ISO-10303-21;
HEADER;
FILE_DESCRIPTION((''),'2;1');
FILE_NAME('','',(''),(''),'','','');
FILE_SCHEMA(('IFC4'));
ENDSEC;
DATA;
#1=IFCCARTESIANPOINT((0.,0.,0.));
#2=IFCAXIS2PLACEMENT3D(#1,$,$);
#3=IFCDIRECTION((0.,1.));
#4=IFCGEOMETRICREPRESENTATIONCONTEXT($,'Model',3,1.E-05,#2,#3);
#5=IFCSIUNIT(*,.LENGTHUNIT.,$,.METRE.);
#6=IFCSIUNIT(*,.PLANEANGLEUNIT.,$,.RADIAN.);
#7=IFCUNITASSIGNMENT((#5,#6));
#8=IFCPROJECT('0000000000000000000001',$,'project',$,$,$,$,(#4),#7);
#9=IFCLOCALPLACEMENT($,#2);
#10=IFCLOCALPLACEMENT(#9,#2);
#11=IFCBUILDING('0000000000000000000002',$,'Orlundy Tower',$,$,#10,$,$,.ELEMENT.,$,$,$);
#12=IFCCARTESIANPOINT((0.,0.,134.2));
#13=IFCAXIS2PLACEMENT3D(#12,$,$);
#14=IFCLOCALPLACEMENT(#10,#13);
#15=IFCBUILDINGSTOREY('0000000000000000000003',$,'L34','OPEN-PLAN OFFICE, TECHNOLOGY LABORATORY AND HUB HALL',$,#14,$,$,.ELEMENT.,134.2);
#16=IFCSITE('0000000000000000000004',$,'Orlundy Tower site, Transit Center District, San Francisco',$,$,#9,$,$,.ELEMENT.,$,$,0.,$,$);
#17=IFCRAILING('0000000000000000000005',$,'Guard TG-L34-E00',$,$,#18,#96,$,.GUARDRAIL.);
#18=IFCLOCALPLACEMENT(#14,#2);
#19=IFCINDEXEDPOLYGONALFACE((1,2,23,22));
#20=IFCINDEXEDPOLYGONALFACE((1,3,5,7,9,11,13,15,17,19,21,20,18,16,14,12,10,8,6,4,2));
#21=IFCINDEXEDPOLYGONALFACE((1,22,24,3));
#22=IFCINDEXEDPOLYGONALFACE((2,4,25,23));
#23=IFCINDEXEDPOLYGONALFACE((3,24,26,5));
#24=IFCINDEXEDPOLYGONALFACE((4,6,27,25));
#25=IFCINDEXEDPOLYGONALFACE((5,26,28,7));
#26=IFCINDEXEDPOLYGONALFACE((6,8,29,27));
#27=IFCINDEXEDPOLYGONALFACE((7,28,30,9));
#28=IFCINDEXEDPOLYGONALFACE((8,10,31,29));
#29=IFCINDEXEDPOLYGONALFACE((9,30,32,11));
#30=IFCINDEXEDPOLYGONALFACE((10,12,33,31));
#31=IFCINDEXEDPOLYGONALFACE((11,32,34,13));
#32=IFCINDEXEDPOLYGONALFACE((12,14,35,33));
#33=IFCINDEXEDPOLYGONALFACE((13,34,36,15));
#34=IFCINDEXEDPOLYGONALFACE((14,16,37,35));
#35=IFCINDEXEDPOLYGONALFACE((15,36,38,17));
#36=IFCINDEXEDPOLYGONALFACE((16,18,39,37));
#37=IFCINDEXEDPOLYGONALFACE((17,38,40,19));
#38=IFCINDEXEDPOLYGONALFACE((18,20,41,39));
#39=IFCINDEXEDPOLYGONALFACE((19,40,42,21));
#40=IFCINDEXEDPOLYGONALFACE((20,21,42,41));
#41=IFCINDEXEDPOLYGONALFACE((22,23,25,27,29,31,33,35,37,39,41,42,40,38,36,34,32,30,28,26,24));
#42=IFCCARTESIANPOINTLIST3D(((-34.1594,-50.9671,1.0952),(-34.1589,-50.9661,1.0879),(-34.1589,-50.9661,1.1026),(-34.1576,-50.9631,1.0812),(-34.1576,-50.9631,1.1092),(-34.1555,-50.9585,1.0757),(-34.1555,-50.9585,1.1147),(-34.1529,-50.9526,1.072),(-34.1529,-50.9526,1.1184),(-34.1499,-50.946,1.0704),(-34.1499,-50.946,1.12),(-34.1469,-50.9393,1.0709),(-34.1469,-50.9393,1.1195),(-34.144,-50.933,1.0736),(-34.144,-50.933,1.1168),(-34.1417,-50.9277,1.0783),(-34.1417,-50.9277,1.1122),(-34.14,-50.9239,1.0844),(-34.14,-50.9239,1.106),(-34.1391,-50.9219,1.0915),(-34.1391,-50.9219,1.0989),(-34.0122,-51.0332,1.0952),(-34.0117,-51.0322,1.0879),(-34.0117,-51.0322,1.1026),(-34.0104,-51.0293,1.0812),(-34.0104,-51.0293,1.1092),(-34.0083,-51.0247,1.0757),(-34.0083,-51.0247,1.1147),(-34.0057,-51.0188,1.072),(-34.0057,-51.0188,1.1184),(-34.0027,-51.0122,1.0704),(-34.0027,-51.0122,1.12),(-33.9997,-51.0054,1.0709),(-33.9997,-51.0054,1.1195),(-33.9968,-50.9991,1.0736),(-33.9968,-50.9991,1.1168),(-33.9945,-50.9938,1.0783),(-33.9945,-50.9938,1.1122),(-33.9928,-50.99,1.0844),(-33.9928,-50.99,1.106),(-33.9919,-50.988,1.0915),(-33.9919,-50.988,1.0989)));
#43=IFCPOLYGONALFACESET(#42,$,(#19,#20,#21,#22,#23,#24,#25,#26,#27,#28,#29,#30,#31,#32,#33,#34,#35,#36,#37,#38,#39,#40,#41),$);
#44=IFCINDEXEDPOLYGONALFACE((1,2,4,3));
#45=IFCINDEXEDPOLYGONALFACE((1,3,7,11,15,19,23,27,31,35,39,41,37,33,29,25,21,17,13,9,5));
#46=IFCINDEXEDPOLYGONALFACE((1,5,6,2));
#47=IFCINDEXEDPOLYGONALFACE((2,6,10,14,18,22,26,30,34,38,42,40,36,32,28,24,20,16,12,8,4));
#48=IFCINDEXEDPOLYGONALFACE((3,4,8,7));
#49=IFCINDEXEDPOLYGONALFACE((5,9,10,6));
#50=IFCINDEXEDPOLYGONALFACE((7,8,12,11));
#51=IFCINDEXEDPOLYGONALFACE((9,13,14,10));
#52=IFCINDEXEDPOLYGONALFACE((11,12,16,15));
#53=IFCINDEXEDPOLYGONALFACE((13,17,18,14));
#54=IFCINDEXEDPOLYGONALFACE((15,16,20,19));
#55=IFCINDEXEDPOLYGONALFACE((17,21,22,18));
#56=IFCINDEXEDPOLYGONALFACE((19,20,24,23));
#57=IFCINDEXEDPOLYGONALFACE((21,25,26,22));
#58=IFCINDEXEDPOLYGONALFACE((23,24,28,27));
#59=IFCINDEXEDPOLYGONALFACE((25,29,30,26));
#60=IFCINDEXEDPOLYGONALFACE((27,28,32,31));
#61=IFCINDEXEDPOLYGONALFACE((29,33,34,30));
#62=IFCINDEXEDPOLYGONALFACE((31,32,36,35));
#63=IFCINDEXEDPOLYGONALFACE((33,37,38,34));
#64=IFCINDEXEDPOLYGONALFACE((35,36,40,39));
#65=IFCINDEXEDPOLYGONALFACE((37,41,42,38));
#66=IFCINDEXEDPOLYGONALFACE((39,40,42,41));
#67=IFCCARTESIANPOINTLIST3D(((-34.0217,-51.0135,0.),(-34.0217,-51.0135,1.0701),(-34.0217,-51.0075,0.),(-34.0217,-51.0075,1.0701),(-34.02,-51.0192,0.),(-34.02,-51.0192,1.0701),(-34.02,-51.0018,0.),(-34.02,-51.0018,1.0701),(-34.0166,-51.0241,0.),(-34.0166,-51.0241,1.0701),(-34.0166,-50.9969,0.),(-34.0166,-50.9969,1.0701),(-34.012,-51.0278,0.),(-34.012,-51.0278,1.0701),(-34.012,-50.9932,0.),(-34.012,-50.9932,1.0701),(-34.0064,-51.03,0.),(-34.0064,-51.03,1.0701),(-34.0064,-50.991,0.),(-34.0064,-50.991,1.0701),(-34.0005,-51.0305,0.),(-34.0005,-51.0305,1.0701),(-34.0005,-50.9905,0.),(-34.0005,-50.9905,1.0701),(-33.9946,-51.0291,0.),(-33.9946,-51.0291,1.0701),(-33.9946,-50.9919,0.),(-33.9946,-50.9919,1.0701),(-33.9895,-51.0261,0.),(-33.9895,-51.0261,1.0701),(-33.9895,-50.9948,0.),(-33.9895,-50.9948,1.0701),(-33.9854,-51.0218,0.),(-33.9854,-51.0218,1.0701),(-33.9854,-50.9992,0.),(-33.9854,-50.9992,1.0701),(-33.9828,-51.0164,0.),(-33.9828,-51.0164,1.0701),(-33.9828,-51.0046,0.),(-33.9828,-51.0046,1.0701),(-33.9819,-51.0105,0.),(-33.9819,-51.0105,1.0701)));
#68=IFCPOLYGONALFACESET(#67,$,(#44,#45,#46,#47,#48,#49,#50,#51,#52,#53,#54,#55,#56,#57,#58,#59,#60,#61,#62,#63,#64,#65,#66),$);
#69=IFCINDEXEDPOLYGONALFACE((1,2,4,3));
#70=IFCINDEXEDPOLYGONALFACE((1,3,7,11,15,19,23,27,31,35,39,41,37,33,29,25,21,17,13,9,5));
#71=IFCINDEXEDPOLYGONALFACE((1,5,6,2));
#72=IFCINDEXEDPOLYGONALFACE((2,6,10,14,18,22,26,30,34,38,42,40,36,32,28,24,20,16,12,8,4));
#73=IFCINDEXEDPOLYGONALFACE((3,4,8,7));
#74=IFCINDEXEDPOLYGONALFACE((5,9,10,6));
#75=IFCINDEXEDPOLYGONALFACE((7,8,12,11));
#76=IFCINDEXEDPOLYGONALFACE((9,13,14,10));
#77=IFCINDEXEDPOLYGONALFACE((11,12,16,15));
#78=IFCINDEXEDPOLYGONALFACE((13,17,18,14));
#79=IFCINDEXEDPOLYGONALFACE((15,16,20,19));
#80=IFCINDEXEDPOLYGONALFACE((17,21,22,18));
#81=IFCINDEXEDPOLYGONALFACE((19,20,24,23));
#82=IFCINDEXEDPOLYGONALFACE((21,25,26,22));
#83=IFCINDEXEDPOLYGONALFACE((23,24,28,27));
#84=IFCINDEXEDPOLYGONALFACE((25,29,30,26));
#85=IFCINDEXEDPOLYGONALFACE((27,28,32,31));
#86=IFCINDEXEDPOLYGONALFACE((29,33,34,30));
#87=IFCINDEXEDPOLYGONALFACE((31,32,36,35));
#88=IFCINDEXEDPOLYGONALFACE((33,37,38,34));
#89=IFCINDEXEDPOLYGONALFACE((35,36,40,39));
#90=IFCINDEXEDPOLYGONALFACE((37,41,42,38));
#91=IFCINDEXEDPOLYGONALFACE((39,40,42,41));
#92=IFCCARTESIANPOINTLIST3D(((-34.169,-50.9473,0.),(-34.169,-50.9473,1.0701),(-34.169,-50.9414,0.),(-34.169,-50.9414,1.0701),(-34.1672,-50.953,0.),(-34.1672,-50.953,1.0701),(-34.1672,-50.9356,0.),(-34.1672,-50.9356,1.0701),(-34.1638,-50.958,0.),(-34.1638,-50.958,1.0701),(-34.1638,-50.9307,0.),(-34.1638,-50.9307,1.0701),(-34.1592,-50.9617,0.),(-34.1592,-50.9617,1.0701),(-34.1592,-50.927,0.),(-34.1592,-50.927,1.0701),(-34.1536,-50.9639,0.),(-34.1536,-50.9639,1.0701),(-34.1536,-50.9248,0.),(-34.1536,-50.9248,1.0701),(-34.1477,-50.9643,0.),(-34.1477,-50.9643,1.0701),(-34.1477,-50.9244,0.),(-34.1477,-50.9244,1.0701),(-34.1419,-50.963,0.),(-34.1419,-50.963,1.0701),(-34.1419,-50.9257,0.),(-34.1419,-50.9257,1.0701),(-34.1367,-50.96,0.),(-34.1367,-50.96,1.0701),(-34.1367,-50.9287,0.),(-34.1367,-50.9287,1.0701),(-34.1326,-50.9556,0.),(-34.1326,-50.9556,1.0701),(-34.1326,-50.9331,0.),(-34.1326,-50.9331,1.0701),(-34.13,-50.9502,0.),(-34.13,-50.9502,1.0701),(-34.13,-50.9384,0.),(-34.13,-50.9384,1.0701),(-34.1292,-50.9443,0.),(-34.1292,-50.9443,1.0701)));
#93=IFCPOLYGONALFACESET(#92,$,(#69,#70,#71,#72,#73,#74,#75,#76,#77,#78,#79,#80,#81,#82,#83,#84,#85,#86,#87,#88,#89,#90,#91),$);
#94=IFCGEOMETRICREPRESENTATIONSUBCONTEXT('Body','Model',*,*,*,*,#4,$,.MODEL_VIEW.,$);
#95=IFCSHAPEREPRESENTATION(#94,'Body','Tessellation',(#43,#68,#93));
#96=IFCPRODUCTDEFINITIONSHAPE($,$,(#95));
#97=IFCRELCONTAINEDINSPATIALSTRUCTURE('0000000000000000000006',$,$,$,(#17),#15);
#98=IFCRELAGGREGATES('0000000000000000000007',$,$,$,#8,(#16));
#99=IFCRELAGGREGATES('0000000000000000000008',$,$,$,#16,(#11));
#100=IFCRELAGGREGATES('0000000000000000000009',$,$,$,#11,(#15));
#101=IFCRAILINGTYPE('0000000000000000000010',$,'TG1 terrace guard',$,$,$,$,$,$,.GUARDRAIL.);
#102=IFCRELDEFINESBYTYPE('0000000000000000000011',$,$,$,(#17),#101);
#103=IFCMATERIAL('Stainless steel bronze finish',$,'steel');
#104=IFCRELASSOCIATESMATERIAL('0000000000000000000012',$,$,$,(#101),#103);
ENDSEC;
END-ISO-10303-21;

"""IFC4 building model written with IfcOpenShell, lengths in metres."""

from ifc_helpers import new_model, si_unit, direction, frame, origin, origin_2d, place, context, subcontext, project, spatial, circle, extrude, material, type_object, element, save


model = new_model("IFC4")

# Units and contexts
model_context = context("Model", 3, precision=1e-05, world=origin(), true_north=direction((0.0, 1.0)))
body_context = subcontext(model_context, "Body", "Model", "MODEL_VIEW")
ifc_project = project(units=[si_unit("LENGTHUNIT", "METRE"), si_unit("PLANEANGLEUNIT", "RADIAN")], contexts=[model_context])

# Site, building, storey
site_placement = place(None, origin())
site = spatial("IfcSite", under=ifc_project, at=site_placement, Name="Orlundy Tower site, Transit Center District, San Francisco", CompositionType="ELEMENT", RefElevation=0.0)
building_placement = place(site_placement, origin())
building = spatial("IfcBuilding", under=site, at=building_placement, Name="Orlundy Tower", CompositionType="ELEMENT")
storey_placement = place(building_placement, frame((0.0, 0.0, 134.2)))
storey = spatial("IfcBuildingStorey", under=building, at=storey_placement, Name="L34", Description="OPEN-PLAN OFFICE, TECHNOLOGY LABORATORY AND HUB HALL", CompositionType="ELEMENT", Elevation=134.2)

# Railing
ifc_material_1 = material(Name="Stainless steel bronze finish", Category="steel")
railing_type = type_object("IfcRailingType", Name="TG1 terrace guard", PredefinedType="GUARDRAIL", material=ifc_material_1)
railing_placement = place(storey_placement, frame((-34.002, -51.0105, 0.0)))
element("IfcRailing", 1, at=railing_placement, inside=storey, type_object=railing_type, Name="Guard TG-L34-E00", PredefinedType="GUARDRAIL", context=body_context, shape_type="SweptSolid", body=[
    extrude(circle(Radius=0.0249, at=origin_2d()), frame((0.0, 0.0, 1.0952), z_axis=(-0.91212, 0.409924, 0.0), x_axis=(-0.409924, -0.91212, 0.0)), (0.0, 0.0, 1.0), 0.1614),
    extrude(circle(Radius=0.02, at=origin_2d()), origin(), (0.0, 0.0, 1.0), 1.0701),
    extrude(circle(Radius=0.02, at=origin_2d()), frame((-0.1472, 0.0662, 0.0)), (0.0, 0.0, 1.0), 1.0701),
])

save(model, "model.ifc")
